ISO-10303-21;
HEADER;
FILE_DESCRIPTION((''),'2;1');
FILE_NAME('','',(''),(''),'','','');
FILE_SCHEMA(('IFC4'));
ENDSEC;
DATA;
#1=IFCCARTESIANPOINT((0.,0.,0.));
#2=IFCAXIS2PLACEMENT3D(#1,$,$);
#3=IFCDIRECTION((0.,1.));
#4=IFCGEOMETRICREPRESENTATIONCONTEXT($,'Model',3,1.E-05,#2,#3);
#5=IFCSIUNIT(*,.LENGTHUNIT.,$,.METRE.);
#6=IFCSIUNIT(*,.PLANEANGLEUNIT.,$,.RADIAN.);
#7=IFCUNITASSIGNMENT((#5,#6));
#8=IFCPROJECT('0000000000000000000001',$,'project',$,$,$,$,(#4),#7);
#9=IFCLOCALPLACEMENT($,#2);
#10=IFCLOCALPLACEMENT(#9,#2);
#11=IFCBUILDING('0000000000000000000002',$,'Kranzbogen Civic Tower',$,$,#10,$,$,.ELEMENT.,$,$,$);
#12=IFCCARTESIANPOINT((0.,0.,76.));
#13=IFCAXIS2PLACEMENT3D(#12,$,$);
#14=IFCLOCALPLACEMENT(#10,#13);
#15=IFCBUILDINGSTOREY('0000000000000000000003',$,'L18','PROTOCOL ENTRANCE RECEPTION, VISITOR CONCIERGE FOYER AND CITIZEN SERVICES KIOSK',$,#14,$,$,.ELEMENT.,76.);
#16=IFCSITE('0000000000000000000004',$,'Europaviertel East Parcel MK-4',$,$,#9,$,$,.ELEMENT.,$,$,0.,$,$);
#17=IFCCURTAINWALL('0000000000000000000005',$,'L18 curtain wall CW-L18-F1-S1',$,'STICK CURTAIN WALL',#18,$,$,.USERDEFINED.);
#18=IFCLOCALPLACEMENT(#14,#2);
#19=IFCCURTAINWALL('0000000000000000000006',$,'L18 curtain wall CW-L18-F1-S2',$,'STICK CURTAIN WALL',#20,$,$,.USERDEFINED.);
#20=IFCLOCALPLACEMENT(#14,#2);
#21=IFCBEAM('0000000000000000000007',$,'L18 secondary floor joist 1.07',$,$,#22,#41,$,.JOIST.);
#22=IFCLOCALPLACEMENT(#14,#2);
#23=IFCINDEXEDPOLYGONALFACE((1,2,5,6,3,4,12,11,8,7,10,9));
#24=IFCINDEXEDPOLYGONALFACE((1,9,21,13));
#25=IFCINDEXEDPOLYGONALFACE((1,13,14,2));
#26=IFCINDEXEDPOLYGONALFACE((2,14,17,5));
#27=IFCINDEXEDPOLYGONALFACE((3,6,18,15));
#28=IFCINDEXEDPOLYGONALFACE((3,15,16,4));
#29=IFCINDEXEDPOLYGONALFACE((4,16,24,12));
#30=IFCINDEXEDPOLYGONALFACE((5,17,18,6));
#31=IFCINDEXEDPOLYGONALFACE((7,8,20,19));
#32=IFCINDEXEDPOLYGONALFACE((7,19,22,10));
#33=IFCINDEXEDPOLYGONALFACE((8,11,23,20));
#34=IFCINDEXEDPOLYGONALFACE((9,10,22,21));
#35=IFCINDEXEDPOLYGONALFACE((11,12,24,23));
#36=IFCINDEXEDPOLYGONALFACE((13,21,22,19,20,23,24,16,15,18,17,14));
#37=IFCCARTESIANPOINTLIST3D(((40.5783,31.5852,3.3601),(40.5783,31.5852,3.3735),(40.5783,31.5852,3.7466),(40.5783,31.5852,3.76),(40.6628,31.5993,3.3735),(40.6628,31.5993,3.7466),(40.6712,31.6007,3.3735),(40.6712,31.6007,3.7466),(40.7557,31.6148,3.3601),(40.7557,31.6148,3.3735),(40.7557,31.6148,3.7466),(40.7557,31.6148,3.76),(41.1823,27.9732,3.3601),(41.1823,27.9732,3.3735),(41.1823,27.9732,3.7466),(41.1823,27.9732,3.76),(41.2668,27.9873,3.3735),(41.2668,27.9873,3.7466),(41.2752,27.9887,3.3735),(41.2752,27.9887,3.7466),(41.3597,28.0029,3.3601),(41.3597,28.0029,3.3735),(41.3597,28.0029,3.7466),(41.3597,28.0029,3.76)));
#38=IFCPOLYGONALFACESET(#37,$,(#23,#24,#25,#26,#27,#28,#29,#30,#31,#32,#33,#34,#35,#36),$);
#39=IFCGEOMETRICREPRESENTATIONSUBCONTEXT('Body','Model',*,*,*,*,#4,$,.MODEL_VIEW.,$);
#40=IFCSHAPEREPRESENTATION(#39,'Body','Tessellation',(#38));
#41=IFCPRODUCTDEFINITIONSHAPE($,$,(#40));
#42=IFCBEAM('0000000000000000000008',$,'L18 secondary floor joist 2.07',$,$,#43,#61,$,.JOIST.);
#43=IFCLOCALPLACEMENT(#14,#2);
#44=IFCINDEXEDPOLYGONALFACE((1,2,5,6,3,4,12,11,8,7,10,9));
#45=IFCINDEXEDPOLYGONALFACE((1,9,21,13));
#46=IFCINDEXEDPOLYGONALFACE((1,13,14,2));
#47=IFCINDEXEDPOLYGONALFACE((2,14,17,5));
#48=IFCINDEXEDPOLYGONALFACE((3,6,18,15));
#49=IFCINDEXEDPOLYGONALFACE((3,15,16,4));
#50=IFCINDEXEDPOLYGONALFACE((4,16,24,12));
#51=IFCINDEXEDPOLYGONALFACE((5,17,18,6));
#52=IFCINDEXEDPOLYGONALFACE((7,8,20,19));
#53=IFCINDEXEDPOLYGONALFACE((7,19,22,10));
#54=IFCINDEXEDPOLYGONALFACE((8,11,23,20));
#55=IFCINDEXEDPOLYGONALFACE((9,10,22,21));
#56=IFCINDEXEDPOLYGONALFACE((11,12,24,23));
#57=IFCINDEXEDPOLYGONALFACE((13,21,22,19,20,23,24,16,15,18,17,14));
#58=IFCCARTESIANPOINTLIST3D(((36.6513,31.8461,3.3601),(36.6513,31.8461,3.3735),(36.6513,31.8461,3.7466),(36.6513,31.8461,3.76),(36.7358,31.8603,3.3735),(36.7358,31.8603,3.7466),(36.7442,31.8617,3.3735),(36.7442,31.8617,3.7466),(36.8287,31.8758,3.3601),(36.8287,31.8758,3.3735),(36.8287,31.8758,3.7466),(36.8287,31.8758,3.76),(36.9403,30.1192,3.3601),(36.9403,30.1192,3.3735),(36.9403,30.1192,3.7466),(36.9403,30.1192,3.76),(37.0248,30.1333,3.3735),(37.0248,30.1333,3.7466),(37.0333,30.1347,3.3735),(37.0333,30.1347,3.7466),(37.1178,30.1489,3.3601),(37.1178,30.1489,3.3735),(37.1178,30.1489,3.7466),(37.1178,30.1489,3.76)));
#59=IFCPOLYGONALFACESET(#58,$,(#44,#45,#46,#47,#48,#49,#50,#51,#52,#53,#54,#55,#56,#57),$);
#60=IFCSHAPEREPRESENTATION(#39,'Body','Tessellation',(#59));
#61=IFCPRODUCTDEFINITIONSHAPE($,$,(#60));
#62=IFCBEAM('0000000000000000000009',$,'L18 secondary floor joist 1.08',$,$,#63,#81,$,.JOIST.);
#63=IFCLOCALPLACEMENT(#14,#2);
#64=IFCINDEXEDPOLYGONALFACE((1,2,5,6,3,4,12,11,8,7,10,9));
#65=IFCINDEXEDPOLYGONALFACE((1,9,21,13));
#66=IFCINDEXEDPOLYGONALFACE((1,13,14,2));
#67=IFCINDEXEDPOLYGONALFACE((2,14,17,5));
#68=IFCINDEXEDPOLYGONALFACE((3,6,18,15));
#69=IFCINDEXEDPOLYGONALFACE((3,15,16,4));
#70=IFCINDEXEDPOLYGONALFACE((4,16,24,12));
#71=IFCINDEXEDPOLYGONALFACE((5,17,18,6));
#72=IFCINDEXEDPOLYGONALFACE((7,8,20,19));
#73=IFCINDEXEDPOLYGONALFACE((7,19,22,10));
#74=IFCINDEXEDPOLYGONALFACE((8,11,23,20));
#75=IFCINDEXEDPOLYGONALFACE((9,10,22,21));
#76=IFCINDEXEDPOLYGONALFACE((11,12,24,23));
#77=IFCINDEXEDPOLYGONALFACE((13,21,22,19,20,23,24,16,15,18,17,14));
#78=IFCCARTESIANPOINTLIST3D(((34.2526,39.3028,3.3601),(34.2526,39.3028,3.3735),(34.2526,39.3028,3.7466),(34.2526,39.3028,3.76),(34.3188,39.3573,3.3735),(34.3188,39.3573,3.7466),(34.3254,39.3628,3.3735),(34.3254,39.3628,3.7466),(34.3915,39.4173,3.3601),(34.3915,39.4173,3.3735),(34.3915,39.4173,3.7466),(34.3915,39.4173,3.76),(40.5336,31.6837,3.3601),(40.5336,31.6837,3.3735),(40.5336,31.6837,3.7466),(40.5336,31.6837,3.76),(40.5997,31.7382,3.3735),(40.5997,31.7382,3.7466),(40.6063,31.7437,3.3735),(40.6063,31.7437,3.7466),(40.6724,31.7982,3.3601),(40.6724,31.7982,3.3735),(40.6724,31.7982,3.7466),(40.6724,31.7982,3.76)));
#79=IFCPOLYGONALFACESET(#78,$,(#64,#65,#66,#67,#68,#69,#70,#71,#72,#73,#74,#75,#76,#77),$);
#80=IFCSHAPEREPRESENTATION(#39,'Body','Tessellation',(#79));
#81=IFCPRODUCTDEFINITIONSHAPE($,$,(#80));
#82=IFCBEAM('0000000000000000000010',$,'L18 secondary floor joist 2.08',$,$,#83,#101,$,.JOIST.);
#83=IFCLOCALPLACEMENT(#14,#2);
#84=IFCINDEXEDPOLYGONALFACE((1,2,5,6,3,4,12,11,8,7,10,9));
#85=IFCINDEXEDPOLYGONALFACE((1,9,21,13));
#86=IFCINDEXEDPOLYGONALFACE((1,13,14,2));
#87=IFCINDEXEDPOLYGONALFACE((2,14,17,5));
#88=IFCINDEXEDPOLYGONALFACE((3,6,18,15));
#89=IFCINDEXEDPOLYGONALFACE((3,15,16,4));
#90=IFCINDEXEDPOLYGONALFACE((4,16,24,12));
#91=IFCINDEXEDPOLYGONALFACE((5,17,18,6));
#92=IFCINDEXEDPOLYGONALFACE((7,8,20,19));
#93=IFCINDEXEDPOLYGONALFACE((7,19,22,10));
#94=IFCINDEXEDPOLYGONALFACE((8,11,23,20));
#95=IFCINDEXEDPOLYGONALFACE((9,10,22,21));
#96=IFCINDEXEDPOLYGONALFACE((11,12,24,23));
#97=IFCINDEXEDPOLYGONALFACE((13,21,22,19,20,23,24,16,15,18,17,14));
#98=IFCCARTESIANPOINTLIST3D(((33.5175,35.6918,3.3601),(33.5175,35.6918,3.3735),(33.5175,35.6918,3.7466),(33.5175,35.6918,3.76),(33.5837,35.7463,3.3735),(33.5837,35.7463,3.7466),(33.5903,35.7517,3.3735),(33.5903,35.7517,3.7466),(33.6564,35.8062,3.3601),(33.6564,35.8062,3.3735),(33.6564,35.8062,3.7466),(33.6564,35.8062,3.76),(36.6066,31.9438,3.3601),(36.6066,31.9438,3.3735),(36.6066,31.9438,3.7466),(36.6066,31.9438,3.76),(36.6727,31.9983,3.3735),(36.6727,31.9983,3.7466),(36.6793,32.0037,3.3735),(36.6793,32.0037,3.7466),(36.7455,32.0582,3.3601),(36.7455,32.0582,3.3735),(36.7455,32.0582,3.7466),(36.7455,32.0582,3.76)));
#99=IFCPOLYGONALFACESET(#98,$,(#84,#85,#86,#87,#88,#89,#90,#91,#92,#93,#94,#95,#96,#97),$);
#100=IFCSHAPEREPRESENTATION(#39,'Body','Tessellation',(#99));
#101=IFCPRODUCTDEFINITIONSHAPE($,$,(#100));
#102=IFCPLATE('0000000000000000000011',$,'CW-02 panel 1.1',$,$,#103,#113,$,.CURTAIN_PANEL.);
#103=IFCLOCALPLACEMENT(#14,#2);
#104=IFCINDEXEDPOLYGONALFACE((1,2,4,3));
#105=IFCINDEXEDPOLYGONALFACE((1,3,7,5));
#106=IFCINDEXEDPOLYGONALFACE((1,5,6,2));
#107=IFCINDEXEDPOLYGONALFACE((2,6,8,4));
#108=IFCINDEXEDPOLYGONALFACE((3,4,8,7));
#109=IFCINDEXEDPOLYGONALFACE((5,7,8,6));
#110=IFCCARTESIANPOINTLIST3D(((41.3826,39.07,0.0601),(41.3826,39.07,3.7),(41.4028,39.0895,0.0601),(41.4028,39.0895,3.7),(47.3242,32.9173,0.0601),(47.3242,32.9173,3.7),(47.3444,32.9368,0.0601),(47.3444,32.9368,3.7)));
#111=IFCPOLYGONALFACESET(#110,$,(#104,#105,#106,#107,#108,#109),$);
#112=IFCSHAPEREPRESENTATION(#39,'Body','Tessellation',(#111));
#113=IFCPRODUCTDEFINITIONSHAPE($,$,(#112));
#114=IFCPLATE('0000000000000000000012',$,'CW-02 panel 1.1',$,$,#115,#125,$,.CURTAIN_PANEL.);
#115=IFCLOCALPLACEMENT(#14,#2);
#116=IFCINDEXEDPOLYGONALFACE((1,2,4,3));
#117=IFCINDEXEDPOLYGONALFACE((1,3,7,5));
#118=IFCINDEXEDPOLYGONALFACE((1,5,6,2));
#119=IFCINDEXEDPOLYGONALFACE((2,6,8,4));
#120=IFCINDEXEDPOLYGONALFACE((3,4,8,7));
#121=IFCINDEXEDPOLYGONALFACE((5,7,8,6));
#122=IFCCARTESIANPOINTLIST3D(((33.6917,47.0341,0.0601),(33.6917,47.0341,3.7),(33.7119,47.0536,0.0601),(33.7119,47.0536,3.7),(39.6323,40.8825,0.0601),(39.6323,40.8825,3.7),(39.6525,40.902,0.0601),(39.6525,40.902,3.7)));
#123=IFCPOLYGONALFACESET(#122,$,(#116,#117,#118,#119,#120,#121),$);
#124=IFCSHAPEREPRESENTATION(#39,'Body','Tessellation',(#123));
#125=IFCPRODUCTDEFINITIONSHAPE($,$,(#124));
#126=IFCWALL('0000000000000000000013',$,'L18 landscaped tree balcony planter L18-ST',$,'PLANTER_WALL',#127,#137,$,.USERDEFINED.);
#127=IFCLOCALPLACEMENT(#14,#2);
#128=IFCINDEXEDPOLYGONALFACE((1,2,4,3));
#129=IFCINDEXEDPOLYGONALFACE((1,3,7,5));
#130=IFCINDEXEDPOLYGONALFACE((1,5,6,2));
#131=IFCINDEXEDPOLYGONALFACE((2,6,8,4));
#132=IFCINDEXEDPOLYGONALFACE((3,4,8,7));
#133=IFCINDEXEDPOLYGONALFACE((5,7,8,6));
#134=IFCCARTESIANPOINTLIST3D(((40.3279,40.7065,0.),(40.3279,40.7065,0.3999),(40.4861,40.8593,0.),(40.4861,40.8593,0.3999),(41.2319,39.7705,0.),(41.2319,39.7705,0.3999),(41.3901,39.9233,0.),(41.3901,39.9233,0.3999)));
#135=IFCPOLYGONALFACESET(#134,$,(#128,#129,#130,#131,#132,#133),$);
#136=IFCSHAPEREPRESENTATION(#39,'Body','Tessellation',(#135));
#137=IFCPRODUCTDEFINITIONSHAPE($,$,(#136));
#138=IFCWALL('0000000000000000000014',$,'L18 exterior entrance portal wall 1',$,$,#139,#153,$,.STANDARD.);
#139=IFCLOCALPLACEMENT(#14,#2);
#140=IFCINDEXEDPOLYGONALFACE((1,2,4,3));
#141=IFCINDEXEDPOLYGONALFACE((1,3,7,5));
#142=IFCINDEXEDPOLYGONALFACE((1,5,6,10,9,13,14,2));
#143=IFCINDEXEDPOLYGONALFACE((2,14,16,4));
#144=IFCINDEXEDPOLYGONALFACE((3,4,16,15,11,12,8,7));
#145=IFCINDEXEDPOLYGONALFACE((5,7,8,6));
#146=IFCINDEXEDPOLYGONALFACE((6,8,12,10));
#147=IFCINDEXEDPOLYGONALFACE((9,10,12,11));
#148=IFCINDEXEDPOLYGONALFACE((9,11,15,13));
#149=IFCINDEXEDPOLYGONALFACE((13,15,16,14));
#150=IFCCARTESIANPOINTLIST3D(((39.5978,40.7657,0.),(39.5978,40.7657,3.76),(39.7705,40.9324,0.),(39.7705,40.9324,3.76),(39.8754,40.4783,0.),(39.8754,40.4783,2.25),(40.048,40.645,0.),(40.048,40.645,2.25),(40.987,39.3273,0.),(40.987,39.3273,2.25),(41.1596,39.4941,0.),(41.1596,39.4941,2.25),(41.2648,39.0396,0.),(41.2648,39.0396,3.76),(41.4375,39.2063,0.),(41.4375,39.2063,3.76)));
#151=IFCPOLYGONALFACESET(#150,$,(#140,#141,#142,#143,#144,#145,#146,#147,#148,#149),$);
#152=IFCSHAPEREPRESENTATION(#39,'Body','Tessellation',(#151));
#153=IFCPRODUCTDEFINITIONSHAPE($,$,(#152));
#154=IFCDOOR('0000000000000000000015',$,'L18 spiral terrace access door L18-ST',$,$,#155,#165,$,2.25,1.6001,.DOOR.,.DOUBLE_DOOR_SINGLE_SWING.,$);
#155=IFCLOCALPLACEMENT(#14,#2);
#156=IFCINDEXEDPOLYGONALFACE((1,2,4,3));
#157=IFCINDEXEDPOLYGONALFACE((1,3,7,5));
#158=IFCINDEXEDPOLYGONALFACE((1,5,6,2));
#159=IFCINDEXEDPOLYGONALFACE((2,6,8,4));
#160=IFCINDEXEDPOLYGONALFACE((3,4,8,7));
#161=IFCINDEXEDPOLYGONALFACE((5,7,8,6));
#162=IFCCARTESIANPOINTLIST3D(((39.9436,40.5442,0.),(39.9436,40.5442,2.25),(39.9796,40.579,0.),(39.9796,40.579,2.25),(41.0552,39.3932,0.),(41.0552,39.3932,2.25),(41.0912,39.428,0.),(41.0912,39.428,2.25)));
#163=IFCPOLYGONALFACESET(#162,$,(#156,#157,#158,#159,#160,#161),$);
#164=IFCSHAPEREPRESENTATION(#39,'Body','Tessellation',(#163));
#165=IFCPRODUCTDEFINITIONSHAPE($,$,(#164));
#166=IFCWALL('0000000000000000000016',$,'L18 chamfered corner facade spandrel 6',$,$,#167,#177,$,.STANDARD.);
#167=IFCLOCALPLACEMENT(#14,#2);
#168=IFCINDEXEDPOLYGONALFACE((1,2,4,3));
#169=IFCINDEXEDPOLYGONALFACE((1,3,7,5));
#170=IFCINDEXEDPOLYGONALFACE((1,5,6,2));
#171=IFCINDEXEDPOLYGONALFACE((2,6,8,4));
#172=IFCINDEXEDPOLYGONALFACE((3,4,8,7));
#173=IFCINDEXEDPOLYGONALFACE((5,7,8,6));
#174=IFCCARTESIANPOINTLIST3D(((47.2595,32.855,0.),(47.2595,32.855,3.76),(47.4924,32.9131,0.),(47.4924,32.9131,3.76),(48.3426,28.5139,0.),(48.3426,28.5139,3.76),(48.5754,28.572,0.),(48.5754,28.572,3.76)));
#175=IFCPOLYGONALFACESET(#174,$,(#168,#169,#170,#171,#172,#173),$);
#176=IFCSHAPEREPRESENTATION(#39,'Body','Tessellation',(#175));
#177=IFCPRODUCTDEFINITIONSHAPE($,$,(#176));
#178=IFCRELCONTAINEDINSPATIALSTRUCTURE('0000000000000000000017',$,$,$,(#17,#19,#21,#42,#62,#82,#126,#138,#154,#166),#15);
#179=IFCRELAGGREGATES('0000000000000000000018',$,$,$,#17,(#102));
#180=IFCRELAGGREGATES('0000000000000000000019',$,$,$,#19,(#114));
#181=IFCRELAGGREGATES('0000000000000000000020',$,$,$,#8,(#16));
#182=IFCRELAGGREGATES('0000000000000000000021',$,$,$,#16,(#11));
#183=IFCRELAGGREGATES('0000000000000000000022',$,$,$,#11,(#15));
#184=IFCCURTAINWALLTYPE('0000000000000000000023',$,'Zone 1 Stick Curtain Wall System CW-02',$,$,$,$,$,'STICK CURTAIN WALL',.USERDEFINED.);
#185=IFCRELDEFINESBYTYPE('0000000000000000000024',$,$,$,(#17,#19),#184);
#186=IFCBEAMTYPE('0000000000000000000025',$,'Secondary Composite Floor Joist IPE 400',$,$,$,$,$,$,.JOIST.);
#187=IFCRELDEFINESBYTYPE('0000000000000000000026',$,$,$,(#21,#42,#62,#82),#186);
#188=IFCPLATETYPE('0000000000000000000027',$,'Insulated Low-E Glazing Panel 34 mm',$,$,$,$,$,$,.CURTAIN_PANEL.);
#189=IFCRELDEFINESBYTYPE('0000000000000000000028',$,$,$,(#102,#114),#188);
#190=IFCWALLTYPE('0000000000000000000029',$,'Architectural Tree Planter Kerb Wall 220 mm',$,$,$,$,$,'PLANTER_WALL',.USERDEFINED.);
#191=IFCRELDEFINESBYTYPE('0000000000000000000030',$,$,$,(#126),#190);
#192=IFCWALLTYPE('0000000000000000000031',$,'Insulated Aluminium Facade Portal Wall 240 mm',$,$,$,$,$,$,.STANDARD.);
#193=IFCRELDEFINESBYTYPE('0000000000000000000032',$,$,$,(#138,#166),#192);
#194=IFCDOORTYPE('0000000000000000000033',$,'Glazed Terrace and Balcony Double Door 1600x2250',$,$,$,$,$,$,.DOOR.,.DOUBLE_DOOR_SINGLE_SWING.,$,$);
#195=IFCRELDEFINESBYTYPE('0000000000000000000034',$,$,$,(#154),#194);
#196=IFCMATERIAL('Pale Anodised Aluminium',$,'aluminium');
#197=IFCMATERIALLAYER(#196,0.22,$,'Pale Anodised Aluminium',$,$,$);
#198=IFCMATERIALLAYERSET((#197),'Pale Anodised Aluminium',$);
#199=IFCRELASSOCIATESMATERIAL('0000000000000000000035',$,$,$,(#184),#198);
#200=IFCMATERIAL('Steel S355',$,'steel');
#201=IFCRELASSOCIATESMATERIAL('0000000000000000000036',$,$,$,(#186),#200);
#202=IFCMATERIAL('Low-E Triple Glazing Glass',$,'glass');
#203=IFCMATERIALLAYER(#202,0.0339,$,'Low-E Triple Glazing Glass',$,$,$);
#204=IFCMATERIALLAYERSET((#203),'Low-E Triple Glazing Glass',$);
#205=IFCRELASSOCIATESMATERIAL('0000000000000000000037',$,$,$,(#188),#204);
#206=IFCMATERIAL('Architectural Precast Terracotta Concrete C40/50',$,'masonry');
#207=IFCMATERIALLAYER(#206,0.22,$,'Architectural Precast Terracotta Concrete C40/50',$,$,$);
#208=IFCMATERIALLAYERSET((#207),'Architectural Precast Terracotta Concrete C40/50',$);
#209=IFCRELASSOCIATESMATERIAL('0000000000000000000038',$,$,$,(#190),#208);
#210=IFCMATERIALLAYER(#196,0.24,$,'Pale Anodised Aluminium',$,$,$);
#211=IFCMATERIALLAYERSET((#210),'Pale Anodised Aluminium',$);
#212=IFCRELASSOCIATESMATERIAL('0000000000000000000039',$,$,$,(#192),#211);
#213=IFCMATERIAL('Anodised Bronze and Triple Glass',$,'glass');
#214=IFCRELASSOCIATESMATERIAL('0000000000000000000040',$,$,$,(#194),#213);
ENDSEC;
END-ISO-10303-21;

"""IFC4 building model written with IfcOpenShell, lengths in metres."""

from ifc_helpers import new_model, si_unit, direction, frame, frame_2d, origin, origin_2d, place, context, subcontext, project, spatial, rectangle, i_section, extrude, material, layer, layer_set, material_profile, profile_set, type_object, element, fill, aggregate, save


model = new_model("IFC4")

# Units and contexts
model_context = context("Model", 3, precision=1e-05, world=origin(), true_north=direction((0.0, 1.0)))
body_context = subcontext(model_context, "Body", "Model", "MODEL_VIEW")
ifc_project = project(units=[si_unit("LENGTHUNIT", "METRE"), si_unit("PLANEANGLEUNIT", "RADIAN")], contexts=[model_context])

# Site, building, storey
site_placement = place(None, origin())
site = spatial("IfcSite", under=ifc_project, at=site_placement, Name="Europaviertel East Parcel MK-4", CompositionType="ELEMENT", RefElevation=0.0)
building_placement = place(site_placement, origin())
building = spatial("IfcBuilding", under=site, at=building_placement, Name="Kranzbogen Civic Tower", CompositionType="ELEMENT")
storey_placement = place(building_placement, frame((0.0, 0.0, 76.0)))
storey = spatial("IfcBuildingStorey", under=building, at=storey_placement, Name="L18", Description="PROTOCOL ENTRANCE RECEPTION, VISITOR CONCIERGE FOYER AND CITIZEN SERVICES KIOSK", CompositionType="ELEMENT", Elevation=76.0)

# Shared definitions
ifc_material_1 = material(Name="Steel S355", Category="steel")

# Curtain wall
ifc_material_2 = material(Name="Pale Anodised Aluminium", Category="aluminium")
ifc_layer_1 = layer(ifc_material_2, 0.22, Name="Pale Anodised Aluminium")
ifc_layer_set_1 = layer_set([ifc_layer_1], Name="Pale Anodised Aluminium")
curtain_wall_type = type_object("IfcCurtainWallType", Name="Zone 1 Stick Curtain Wall System CW-02", ElementType="STICK CURTAIN WALL", PredefinedType="USERDEFINED", material=ifc_layer_set_1)
curtain_wall_1_placement = place(storey_placement, origin())
curtain_wall_1 = element("IfcCurtainWall", 1, at=curtain_wall_1_placement, inside=storey, type_object=curtain_wall_type, Name="L18 curtain wall CW-L18-F1-S1", ObjectType="STICK CURTAIN WALL", PredefinedType="USERDEFINED")

# Curtain wall
curtain_wall_2_placement = place(storey_placement, origin())
curtain_wall_2 = element("IfcCurtainWall", 2, at=curtain_wall_2_placement, inside=storey, type_object=curtain_wall_type, Name="L18 curtain wall CW-L18-F1-S2", ObjectType="STICK CURTAIN WALL", PredefinedType="USERDEFINED")

# Beams
ifc_material_profile_1 = material_profile(ifc_material_1, i_section(OverallWidth=0.1799, OverallDepth=0.3999, WebThickness=0.0085, FlangeThickness=0.0134, at=origin_2d()), Name="IPE 400")
ifc_profile_set_1 = profile_set([ifc_material_profile_1], Name="Steel S355")
beam_type_1 = type_object("IfcBeamType", Name="Secondary Composite Floor Joist IPE 400", PredefinedType="JOIST", material=ifc_profile_set_1)
beam_1_placement = place(storey_placement, frame((41.271, 27.988, 3.5601), z_axis=(-0.164929, 0.986305, 0.0), x_axis=(-0.986305, -0.164929, 0.0)))
element("IfcBeam", 3, at=beam_1_placement, inside=storey, type_object=beam_type_1, Name="L18 secondary floor joist 1.07", PredefinedType="JOIST", context=body_context, shape_type="SweptSolid", body=[
    extrude(i_section(OverallWidth=0.1799, OverallDepth=0.3999, WebThickness=0.0085, FlangeThickness=0.0134, at=origin_2d()), origin(), (0.0, 0.0, 1.0), 3.6621),
])
beam_2_placement = place(storey_placement, frame((37.0291, 30.134, 3.5601), z_axis=(-0.165077, 0.986281, 0.0), x_axis=(-0.986281, -0.165077, 0.0)))
element("IfcBeam", 4, at=beam_2_placement, inside=storey, type_object=beam_type_1, Name="L18 secondary floor joist 2.07", PredefinedType="JOIST", context=body_context, shape_type="SweptSolid", body=[
    extrude(i_section(OverallWidth=0.1799, OverallDepth=0.3999, WebThickness=0.0085, FlangeThickness=0.0134, at=origin_2d()), origin(), (0.0, 0.0, 1.0), 1.751),
])
beam_3_placement = place(storey_placement, frame((40.603, 31.741, 3.5601), z_axis=(-0.636095, 0.771611, 0.0), x_axis=(-0.771611, -0.636095, 0.0)))
element("IfcBeam", 5, at=beam_3_placement, inside=storey, type_object=beam_type_1, Name="L18 secondary floor joist 1.08", PredefinedType="JOIST", context=body_context, shape_type="SweptSolid", body=[
    extrude(i_section(OverallWidth=0.1799, OverallDepth=0.3999, WebThickness=0.0085, FlangeThickness=0.0134, at=origin_2d()), origin(), (0.0, 0.0, 1.0), 9.8743),
])
beam_4_placement = place(storey_placement, frame((36.676, 32.001, 3.5601), z_axis=(-0.636012, 0.771679, 0.0), x_axis=(-0.771679, -0.636012, 0.0)))
element("IfcBeam", 6, at=beam_4_placement, inside=storey, type_object=beam_type_1, Name="L18 secondary floor joist 2.08", PredefinedType="JOIST", context=body_context, shape_type="SweptSolid", body=[
    extrude(i_section(OverallWidth=0.1799, OverallDepth=0.3999, WebThickness=0.0085, FlangeThickness=0.0134, at=origin_2d()), origin(), (0.0, 0.0, 1.0), 4.8569),
])

# Plates
ifc_material_3 = material(Name="Low-E Triple Glazing Glass", Category="glass")
ifc_layer_2 = layer(ifc_material_3, 0.0339, Name="Low-E Triple Glazing Glass")
ifc_layer_set_2 = layer_set([ifc_layer_2], Name="Low-E Triple Glazing Glass")
plate_type = type_object("IfcPlateType", Name="Insulated Low-E Glazing Panel 34 mm", PredefinedType="CURTAIN_PANEL", material=ifc_layer_set_2)
plate_1_placement = place(storey_placement, frame((44.3635, 36.0034, 0.0601), z_axis=(0.0, 0.0, 1.0), x_axis=(-0.694662, 0.719336, 0.0)))
plate_1 = element("IfcPlate", 7, at=plate_1_placement, type_object=plate_type, Name="CW-02 panel 1.1", PredefinedType="CURTAIN_PANEL", context=body_context, shape_type="SweptSolid", body=[
    extrude(rectangle(XDim=8.5532, YDim=0.0281, at=origin_2d()), origin(), (0.0, 0.0, 1.0), 3.6399),
])
aggregate(curtain_wall_1, [plate_1])
plate_2_placement = place(storey_placement, frame((36.6721, 43.968, 0.0601), z_axis=(0.0, 0.0, 1.0), x_axis=(-0.69466, 0.719338, 0.0)))
plate_2 = element("IfcPlate", 8, at=plate_2_placement, type_object=plate_type, Name="CW-02 panel 1.1", PredefinedType="CURTAIN_PANEL", context=body_context, shape_type="SweptSolid", body=[
    extrude(rectangle(XDim=8.5518, YDim=0.0281, at=origin_2d()), origin(), (0.0, 0.0, 1.0), 3.6399),
])
aggregate(curtain_wall_2, [plate_2])

# Wall
ifc_material_4 = material(Name="Architectural Precast Terracotta Concrete C40/50", Category="masonry")
ifc_layer_3 = layer(ifc_material_4, 0.22, Name="Architectural Precast Terracotta Concrete C40/50")
ifc_layer_set_3 = layer_set([ifc_layer_3], Name="Architectural Precast Terracotta Concrete C40/50")
wall_type_1 = type_object("IfcWallType", Name="Architectural Tree Planter Kerb Wall 220 mm", ElementType="PLANTER_WALL", PredefinedType="USERDEFINED", material=ifc_layer_set_3)
wall_1_placement = place(storey_placement, frame((41.311, 39.8469, 0.0), z_axis=(0.0, 0.0, 1.0), x_axis=(-0.694712, 0.719288, 0.0)))
element("IfcWall", 9, at=wall_1_placement, inside=storey, type_object=wall_type_1, Name="L18 landscaped tree balcony planter L18-ST", ObjectType="PLANTER_WALL", PredefinedType="USERDEFINED", context=body_context, shape_type="SweptSolid", body=[
    extrude(rectangle(XDim=1.3013, YDim=0.22, at=frame_2d((0.6506, 0.0))), origin(), (0.0, 0.0, 1.0), 0.3999),
])

# Wall, opening, door
ifc_layer_4 = layer(ifc_material_2, 0.24, Name="Pale Anodised Aluminium")
ifc_layer_set_4 = layer_set([ifc_layer_4], Name="Pale Anodised Aluminium")
wall_type_2 = type_object("IfcWallType", Name="Insulated Aluminium Facade Portal Wall 240 mm", PredefinedType="STANDARD", material=ifc_layer_set_4)
wall_2_placement = place(storey_placement, frame((41.3511, 39.123, 0.0), z_axis=(0.0, 0.0, 1.0), x_axis=(-0.694689, 0.71931, 0.0)))
wall_2 = element("IfcWall", 10, at=wall_2_placement, inside=storey, type_object=wall_type_2, Name="L18 exterior entrance portal wall 1", PredefinedType="STANDARD", context=body_context, shape_type="SweptSolid", body=[
    extrude(rectangle(XDim=2.3997, YDim=0.24, at=frame_2d((1.1997, 0.0))), origin(), (0.0, 0.0, 1.0), 3.76),
])
opening_placement = place(wall_2_placement, frame((0.3999, 0.0, 0.0)))
opening = element("IfcOpeningElement", 11, at=opening_placement, cuts=wall_2, PredefinedType="OPENING", context=body_context, shape_type="SweptSolid", body=[
    extrude(rectangle(XDim=1.6001, YDim=2.25, at=frame_2d((0.8, 1.125))), frame((0.0, 0.1299, 0.0), z_axis=(0.0, -1.0, 0.0), x_axis=(1.0, 0.0, 0.0)), (0.0, 0.0, 1.0), 0.26),
])
ifc_material_5 = material(Name="Anodised Bronze and Triple Glass", Category="glass")
door_type = type_object("IfcDoorType", Name="Glazed Terrace and Balcony Double Door 1600x2250", OperationType="DOUBLE_DOOR_SINGLE_SWING", PredefinedType="DOOR", material=ifc_material_5)
door_placement = place(opening_placement, frame((1.6001, 0.0, 0.0), z_axis=(0.0, 0.0, 1.0), x_axis=(-1.0, 0.0, 0.0)))
door = element("IfcDoor", 12, at=door_placement, inside=storey, type_object=door_type, Name="L18 spiral terrace access door L18-ST", OperationType="DOUBLE_DOOR_SINGLE_SWING", OverallHeight=2.25, OverallWidth=1.6001, PredefinedType="DOOR", context=body_context, shape_type="SweptSolid", body=[
    extrude(rectangle(XDim=1.6001, YDim=2.25, at=frame_2d((0.8, 1.125))), frame((0.0, 0.0249, 0.0), z_axis=(0.0, -1.0, 0.0), x_axis=(1.0, 0.0, 0.0)), (0.0, 0.0, 1.0), 0.05),
])
fill(opening, door)

# Wall
wall_3_placement = place(storey_placement, frame((48.459, 28.543, 0.0), z_axis=(0.0, 0.0, 1.0), x_axis=(-0.242061, 0.970261, 0.0)))
element("IfcWall", 13, at=wall_3_placement, inside=storey, type_object=wall_type_2, Name="L18 chamfered corner facade spandrel 6", PredefinedType="STANDARD", context=body_context, shape_type="SweptSolid", body=[
    extrude(rectangle(XDim=4.4741, YDim=0.24, at=frame_2d((2.2371, 0.0))), origin(), (0.0, 0.0, 1.0), 3.76),
])

save(model, "model.ifc")
